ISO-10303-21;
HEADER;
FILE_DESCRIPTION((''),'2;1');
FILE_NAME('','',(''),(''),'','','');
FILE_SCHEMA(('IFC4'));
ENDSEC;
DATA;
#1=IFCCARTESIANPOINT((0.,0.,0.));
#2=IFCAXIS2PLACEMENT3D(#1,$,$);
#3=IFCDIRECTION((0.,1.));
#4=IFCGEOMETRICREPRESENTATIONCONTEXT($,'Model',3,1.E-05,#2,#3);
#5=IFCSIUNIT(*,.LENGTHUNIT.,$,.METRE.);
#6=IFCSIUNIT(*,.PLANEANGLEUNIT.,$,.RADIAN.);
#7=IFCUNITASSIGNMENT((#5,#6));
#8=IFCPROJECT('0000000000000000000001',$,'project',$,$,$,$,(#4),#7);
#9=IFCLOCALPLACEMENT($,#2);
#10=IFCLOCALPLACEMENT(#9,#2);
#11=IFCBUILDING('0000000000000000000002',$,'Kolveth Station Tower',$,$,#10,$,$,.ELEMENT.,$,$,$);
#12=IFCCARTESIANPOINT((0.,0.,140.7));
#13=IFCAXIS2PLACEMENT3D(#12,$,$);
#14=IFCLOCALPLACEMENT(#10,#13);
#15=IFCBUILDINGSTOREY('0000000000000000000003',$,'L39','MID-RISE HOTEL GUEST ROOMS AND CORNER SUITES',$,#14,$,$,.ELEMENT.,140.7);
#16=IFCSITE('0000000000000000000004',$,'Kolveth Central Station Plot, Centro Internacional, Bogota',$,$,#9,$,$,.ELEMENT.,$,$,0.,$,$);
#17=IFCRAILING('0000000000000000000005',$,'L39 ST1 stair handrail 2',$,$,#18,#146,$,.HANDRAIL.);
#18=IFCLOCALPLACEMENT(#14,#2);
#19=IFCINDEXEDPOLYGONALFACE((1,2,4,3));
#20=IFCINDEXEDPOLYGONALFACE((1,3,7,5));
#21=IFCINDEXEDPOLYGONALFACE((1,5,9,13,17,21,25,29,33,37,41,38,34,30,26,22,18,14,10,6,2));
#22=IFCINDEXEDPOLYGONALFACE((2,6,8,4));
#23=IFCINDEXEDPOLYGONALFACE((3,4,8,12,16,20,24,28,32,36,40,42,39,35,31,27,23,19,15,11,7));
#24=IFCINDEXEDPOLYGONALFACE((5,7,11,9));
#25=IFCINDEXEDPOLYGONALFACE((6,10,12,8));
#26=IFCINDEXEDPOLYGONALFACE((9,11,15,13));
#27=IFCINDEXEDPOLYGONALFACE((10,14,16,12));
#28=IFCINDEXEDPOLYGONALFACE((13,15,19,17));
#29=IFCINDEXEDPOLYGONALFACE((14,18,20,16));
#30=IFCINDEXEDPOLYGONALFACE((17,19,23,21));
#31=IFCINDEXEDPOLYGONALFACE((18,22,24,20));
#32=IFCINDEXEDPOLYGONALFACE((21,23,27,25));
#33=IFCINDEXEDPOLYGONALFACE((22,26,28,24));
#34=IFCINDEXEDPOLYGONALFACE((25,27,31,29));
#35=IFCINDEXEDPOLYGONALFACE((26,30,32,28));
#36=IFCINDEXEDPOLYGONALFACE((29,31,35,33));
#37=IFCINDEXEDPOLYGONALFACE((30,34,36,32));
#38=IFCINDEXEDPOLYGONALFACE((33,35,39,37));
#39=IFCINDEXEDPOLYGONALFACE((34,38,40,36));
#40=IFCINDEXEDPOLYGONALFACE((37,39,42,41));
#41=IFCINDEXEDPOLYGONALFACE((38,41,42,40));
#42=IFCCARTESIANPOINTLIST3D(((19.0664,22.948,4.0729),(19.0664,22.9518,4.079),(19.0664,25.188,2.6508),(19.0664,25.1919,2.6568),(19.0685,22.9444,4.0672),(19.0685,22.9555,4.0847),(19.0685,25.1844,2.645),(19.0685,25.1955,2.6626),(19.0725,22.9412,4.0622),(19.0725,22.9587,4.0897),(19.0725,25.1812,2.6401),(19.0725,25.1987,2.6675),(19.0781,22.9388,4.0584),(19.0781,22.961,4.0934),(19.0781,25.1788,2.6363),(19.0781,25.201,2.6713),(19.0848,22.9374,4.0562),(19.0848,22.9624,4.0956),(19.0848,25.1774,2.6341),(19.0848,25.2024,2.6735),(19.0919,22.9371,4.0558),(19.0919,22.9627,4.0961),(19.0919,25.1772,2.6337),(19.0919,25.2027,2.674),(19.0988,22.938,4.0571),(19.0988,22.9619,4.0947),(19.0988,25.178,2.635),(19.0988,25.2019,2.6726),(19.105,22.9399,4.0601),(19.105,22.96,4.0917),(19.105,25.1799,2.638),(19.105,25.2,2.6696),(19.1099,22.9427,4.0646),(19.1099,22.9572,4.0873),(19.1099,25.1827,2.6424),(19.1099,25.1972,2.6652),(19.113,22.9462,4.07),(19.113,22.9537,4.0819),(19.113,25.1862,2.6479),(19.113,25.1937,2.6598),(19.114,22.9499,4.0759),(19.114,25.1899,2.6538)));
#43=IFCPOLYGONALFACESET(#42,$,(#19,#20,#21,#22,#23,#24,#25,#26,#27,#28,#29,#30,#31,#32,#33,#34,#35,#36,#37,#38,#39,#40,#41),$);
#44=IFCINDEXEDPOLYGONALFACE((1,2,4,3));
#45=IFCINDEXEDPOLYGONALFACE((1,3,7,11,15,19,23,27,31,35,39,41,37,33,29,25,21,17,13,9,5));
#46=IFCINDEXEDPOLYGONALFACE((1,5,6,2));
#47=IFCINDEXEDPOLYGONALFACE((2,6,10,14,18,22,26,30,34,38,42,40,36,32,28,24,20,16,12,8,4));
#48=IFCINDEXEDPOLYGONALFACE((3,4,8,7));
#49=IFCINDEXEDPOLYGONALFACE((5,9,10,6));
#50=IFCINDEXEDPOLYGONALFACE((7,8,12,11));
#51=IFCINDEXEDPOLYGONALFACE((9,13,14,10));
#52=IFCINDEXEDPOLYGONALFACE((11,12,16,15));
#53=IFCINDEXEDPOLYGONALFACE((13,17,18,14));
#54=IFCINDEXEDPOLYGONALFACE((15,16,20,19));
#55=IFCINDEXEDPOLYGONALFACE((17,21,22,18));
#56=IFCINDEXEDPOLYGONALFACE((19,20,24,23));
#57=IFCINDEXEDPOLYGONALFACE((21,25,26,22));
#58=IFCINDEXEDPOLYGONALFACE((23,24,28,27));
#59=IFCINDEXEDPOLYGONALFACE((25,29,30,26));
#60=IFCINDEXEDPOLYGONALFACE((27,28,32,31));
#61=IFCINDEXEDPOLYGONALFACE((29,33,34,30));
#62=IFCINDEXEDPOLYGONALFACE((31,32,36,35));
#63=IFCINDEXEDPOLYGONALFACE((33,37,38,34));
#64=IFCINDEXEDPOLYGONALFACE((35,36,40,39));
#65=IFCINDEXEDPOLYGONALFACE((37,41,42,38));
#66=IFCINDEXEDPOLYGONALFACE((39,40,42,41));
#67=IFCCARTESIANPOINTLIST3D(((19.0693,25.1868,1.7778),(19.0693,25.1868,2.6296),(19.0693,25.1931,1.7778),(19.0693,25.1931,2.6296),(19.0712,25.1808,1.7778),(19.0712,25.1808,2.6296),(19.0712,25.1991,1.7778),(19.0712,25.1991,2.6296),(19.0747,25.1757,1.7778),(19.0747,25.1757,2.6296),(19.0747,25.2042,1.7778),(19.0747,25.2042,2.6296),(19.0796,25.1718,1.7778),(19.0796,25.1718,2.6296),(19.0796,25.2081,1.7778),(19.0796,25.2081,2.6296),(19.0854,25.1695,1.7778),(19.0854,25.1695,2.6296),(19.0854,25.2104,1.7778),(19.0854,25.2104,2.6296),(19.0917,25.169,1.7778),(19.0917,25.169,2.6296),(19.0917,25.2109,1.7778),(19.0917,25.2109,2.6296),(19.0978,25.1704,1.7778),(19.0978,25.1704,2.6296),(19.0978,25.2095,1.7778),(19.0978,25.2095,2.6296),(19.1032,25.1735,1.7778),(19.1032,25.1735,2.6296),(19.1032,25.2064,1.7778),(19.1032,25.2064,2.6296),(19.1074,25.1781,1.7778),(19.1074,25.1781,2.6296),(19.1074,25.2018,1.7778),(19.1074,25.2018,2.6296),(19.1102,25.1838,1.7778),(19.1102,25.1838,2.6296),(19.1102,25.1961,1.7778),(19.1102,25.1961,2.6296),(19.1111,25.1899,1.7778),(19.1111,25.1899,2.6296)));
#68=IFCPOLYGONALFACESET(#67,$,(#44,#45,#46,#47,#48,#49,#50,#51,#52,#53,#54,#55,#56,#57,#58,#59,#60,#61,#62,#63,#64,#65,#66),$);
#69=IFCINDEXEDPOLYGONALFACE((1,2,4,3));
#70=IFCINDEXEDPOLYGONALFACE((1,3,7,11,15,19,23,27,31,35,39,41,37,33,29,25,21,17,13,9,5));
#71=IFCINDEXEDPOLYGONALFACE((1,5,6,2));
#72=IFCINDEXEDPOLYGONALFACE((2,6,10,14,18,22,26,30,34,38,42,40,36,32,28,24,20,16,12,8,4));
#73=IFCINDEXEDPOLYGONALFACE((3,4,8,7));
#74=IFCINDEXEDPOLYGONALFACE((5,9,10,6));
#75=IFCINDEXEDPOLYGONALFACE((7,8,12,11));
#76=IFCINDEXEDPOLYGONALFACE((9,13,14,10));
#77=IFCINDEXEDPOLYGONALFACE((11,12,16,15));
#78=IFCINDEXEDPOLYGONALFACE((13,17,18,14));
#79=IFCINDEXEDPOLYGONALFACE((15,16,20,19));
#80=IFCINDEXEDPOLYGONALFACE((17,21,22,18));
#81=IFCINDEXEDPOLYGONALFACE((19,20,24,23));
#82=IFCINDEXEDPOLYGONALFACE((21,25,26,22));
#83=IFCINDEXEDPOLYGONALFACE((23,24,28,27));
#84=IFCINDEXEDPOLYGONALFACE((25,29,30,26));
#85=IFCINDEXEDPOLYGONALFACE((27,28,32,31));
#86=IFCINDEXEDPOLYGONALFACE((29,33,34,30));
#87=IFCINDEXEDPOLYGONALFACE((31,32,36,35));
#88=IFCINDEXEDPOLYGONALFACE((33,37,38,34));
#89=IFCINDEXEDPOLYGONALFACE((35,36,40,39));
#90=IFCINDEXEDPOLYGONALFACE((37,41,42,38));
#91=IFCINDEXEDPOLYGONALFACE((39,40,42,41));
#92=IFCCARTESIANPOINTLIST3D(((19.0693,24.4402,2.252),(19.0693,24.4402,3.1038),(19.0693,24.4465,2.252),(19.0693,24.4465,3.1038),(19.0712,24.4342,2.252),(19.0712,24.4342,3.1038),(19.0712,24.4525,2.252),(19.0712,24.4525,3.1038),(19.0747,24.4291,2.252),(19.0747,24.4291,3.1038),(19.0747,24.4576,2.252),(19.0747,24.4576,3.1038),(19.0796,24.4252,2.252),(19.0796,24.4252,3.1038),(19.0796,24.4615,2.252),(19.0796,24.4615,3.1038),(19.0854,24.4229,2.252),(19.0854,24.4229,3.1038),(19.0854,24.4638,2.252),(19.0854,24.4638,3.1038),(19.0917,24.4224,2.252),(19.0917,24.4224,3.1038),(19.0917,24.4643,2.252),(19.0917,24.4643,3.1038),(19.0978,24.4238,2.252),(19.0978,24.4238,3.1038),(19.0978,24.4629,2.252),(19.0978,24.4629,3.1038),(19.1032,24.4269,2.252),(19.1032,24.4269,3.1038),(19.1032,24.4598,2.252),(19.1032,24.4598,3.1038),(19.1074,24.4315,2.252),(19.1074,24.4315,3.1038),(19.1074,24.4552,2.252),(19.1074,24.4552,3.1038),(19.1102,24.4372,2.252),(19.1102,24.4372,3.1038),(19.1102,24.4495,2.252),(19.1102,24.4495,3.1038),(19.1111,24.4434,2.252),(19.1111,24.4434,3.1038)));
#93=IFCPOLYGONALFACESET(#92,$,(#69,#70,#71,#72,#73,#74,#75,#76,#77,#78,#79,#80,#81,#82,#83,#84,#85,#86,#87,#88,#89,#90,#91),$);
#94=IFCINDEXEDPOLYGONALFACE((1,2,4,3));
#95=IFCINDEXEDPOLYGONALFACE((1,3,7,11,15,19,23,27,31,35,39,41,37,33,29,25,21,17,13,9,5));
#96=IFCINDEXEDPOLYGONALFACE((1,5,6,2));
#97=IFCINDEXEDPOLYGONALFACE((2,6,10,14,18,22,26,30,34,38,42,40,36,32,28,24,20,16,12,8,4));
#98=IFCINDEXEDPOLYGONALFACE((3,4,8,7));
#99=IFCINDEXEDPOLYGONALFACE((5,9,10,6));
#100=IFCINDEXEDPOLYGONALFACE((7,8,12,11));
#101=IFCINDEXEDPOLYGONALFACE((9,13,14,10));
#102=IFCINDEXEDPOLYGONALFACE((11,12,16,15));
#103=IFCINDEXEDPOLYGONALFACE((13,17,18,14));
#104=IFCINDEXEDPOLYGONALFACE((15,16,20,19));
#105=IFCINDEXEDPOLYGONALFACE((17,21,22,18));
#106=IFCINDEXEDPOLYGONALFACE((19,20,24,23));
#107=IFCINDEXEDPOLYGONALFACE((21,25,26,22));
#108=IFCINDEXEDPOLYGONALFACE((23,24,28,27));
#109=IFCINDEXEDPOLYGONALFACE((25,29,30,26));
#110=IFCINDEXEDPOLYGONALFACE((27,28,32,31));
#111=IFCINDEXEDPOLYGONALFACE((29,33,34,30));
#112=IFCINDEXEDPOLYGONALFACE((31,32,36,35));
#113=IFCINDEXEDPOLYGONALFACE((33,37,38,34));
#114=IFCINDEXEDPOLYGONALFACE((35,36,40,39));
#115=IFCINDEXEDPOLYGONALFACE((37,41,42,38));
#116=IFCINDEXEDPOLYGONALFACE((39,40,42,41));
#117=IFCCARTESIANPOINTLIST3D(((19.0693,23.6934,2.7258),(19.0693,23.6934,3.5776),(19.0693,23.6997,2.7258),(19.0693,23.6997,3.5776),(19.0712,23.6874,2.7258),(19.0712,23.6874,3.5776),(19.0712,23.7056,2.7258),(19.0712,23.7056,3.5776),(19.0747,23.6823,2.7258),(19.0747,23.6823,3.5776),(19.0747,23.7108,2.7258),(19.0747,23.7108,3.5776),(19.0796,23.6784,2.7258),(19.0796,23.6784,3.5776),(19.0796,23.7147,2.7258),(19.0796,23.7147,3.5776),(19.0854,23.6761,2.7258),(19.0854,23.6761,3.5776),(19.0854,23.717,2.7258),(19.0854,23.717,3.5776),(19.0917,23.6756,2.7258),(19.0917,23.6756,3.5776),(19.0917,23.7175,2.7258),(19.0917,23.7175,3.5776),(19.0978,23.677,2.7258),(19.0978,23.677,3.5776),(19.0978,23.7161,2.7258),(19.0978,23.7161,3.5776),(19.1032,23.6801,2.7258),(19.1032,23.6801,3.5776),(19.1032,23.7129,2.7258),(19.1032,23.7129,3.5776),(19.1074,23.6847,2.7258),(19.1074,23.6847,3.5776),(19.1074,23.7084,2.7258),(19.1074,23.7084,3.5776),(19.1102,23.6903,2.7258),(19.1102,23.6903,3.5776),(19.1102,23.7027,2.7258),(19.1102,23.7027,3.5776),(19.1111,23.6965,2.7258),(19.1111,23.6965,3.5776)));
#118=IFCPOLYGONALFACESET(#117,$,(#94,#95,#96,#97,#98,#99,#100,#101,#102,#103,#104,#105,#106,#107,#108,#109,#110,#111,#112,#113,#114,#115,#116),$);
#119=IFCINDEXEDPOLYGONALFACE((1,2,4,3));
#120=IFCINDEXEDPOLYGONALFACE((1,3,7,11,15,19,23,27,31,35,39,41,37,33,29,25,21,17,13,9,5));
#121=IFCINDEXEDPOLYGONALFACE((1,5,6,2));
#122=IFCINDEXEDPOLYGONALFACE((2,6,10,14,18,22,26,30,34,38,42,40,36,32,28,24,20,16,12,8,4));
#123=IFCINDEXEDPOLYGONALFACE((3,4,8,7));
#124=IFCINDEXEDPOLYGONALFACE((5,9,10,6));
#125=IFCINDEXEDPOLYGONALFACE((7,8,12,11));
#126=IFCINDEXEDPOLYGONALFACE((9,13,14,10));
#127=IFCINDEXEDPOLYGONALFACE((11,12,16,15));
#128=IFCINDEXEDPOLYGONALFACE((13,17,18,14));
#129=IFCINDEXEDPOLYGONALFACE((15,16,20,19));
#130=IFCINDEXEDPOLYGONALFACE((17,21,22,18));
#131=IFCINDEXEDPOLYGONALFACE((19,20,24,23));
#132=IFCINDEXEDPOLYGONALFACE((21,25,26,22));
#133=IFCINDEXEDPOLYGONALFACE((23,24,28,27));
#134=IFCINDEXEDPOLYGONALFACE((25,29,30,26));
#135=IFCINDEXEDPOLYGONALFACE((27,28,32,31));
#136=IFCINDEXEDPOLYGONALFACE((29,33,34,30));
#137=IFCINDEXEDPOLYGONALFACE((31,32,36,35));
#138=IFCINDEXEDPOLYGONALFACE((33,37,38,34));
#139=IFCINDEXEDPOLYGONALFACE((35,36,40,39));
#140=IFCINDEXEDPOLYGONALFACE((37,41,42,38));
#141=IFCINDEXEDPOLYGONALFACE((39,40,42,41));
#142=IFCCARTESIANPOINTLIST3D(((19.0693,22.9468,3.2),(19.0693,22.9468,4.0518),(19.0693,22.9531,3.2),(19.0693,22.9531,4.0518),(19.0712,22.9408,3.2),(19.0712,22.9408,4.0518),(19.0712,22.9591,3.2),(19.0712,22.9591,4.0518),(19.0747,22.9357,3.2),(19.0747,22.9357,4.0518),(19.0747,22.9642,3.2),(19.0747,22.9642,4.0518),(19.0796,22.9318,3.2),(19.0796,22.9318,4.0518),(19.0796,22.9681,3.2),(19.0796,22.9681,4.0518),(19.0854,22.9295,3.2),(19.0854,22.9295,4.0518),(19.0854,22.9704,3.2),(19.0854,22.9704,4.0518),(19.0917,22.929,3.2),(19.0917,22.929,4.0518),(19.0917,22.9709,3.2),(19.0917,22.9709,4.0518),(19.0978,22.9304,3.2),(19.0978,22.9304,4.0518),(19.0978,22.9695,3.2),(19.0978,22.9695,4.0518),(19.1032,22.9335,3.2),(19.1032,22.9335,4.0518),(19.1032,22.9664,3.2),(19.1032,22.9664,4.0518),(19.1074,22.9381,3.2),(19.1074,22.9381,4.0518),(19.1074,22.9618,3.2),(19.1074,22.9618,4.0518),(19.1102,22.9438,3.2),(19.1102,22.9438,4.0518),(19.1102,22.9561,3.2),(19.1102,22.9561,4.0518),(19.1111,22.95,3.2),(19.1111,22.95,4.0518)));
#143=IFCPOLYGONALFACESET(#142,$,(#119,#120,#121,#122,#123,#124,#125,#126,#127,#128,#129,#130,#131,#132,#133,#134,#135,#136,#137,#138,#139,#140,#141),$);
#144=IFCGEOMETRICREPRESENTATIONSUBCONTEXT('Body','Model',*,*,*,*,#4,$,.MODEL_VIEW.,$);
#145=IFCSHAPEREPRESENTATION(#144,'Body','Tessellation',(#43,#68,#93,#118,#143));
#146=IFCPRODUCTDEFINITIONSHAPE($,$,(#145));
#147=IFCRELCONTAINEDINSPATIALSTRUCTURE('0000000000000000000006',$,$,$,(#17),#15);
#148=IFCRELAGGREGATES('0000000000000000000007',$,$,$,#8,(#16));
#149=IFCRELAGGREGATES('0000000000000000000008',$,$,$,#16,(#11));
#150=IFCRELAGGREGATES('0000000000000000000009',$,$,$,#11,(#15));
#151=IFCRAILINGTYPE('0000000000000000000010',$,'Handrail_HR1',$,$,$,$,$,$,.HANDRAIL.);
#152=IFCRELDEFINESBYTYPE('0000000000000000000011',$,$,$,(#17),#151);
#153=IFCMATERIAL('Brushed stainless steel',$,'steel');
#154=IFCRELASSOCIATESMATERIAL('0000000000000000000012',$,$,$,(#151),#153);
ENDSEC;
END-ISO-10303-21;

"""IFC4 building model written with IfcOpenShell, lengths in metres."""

from ifc_helpers import new_model, si_unit, direction, frame, origin, origin_2d, place, context, subcontext, project, spatial, circle, extrude, material, type_object, element, save


model = new_model("IFC4")

# Units and contexts
model_context = context("Model", 3, precision=1e-05, world=origin(), true_north=direction((0.0, 1.0)))
body_context = subcontext(model_context, "Body", "Model", "MODEL_VIEW")
ifc_project = project(units=[si_unit("LENGTHUNIT", "METRE"), si_unit("PLANEANGLEUNIT", "RADIAN")], contexts=[model_context])

# Site, building, storey
site_placement = place(None, origin())
site = spatial("IfcSite", under=ifc_project, at=site_placement, Name="Kolveth Central Station Plot, Centro Internacional, Bogota", CompositionType="ELEMENT", RefElevation=0.0)
building_placement = place(site_placement, origin())
building = spatial("IfcBuilding", under=site, at=building_placement, Name="Kolveth Station Tower", CompositionType="ELEMENT")
storey_placement = place(building_placement, frame((0.0, 0.0, 140.7)))
storey = spatial("IfcBuildingStorey", under=building, at=storey_placement, Name="L39", Description="MID-RISE HOTEL GUEST ROOMS AND CORNER SUITES", CompositionType="ELEMENT", Elevation=140.7)

# Railing
ifc_material_1 = material(Name="Brushed stainless steel", Category="steel")
railing_type_1 = type_object("IfcRailingType", Name="Handrail_HR1", PredefinedType="HANDRAIL", material=ifc_material_1)
railing_1_placement = place(storey_placement, frame((19.0901, 25.1899, 1.7778)))
element("IfcRailing", 1, at=railing_1_placement, inside=storey, type_object=railing_type_1, Name="L39 ST1 stair handrail 2", PredefinedType="HANDRAIL", context=body_context, shape_type="SweptSolid", body=[
    extrude(circle(Radius=0.0239, at=origin_2d()), frame((0.0, 0.0, 0.876), z_axis=(0.0, -0.844229, 0.535982), x_axis=(1.0, 0.0, 0.0)), (0.0, 0.0, 1.0), 2.6533),
    extrude(circle(Radius=0.021, at=origin_2d()), origin(), (0.0, 0.0, 1.0), 0.8518),
    extrude(circle(Radius=0.021, at=origin_2d()), frame((0.0, -0.7466, 0.4741)), (0.0, 0.0, 1.0), 0.8518),
    extrude(circle(Radius=0.021, at=origin_2d()), frame((0.0, -1.4934, 0.948)), (0.0, 0.0, 1.0), 0.8518),
    extrude(circle(Radius=0.021, at=origin_2d()), frame((0.0, -2.24, 1.4221)), (0.0, 0.0, 1.0), 0.8518),
])

save(model, "model.ifc")
